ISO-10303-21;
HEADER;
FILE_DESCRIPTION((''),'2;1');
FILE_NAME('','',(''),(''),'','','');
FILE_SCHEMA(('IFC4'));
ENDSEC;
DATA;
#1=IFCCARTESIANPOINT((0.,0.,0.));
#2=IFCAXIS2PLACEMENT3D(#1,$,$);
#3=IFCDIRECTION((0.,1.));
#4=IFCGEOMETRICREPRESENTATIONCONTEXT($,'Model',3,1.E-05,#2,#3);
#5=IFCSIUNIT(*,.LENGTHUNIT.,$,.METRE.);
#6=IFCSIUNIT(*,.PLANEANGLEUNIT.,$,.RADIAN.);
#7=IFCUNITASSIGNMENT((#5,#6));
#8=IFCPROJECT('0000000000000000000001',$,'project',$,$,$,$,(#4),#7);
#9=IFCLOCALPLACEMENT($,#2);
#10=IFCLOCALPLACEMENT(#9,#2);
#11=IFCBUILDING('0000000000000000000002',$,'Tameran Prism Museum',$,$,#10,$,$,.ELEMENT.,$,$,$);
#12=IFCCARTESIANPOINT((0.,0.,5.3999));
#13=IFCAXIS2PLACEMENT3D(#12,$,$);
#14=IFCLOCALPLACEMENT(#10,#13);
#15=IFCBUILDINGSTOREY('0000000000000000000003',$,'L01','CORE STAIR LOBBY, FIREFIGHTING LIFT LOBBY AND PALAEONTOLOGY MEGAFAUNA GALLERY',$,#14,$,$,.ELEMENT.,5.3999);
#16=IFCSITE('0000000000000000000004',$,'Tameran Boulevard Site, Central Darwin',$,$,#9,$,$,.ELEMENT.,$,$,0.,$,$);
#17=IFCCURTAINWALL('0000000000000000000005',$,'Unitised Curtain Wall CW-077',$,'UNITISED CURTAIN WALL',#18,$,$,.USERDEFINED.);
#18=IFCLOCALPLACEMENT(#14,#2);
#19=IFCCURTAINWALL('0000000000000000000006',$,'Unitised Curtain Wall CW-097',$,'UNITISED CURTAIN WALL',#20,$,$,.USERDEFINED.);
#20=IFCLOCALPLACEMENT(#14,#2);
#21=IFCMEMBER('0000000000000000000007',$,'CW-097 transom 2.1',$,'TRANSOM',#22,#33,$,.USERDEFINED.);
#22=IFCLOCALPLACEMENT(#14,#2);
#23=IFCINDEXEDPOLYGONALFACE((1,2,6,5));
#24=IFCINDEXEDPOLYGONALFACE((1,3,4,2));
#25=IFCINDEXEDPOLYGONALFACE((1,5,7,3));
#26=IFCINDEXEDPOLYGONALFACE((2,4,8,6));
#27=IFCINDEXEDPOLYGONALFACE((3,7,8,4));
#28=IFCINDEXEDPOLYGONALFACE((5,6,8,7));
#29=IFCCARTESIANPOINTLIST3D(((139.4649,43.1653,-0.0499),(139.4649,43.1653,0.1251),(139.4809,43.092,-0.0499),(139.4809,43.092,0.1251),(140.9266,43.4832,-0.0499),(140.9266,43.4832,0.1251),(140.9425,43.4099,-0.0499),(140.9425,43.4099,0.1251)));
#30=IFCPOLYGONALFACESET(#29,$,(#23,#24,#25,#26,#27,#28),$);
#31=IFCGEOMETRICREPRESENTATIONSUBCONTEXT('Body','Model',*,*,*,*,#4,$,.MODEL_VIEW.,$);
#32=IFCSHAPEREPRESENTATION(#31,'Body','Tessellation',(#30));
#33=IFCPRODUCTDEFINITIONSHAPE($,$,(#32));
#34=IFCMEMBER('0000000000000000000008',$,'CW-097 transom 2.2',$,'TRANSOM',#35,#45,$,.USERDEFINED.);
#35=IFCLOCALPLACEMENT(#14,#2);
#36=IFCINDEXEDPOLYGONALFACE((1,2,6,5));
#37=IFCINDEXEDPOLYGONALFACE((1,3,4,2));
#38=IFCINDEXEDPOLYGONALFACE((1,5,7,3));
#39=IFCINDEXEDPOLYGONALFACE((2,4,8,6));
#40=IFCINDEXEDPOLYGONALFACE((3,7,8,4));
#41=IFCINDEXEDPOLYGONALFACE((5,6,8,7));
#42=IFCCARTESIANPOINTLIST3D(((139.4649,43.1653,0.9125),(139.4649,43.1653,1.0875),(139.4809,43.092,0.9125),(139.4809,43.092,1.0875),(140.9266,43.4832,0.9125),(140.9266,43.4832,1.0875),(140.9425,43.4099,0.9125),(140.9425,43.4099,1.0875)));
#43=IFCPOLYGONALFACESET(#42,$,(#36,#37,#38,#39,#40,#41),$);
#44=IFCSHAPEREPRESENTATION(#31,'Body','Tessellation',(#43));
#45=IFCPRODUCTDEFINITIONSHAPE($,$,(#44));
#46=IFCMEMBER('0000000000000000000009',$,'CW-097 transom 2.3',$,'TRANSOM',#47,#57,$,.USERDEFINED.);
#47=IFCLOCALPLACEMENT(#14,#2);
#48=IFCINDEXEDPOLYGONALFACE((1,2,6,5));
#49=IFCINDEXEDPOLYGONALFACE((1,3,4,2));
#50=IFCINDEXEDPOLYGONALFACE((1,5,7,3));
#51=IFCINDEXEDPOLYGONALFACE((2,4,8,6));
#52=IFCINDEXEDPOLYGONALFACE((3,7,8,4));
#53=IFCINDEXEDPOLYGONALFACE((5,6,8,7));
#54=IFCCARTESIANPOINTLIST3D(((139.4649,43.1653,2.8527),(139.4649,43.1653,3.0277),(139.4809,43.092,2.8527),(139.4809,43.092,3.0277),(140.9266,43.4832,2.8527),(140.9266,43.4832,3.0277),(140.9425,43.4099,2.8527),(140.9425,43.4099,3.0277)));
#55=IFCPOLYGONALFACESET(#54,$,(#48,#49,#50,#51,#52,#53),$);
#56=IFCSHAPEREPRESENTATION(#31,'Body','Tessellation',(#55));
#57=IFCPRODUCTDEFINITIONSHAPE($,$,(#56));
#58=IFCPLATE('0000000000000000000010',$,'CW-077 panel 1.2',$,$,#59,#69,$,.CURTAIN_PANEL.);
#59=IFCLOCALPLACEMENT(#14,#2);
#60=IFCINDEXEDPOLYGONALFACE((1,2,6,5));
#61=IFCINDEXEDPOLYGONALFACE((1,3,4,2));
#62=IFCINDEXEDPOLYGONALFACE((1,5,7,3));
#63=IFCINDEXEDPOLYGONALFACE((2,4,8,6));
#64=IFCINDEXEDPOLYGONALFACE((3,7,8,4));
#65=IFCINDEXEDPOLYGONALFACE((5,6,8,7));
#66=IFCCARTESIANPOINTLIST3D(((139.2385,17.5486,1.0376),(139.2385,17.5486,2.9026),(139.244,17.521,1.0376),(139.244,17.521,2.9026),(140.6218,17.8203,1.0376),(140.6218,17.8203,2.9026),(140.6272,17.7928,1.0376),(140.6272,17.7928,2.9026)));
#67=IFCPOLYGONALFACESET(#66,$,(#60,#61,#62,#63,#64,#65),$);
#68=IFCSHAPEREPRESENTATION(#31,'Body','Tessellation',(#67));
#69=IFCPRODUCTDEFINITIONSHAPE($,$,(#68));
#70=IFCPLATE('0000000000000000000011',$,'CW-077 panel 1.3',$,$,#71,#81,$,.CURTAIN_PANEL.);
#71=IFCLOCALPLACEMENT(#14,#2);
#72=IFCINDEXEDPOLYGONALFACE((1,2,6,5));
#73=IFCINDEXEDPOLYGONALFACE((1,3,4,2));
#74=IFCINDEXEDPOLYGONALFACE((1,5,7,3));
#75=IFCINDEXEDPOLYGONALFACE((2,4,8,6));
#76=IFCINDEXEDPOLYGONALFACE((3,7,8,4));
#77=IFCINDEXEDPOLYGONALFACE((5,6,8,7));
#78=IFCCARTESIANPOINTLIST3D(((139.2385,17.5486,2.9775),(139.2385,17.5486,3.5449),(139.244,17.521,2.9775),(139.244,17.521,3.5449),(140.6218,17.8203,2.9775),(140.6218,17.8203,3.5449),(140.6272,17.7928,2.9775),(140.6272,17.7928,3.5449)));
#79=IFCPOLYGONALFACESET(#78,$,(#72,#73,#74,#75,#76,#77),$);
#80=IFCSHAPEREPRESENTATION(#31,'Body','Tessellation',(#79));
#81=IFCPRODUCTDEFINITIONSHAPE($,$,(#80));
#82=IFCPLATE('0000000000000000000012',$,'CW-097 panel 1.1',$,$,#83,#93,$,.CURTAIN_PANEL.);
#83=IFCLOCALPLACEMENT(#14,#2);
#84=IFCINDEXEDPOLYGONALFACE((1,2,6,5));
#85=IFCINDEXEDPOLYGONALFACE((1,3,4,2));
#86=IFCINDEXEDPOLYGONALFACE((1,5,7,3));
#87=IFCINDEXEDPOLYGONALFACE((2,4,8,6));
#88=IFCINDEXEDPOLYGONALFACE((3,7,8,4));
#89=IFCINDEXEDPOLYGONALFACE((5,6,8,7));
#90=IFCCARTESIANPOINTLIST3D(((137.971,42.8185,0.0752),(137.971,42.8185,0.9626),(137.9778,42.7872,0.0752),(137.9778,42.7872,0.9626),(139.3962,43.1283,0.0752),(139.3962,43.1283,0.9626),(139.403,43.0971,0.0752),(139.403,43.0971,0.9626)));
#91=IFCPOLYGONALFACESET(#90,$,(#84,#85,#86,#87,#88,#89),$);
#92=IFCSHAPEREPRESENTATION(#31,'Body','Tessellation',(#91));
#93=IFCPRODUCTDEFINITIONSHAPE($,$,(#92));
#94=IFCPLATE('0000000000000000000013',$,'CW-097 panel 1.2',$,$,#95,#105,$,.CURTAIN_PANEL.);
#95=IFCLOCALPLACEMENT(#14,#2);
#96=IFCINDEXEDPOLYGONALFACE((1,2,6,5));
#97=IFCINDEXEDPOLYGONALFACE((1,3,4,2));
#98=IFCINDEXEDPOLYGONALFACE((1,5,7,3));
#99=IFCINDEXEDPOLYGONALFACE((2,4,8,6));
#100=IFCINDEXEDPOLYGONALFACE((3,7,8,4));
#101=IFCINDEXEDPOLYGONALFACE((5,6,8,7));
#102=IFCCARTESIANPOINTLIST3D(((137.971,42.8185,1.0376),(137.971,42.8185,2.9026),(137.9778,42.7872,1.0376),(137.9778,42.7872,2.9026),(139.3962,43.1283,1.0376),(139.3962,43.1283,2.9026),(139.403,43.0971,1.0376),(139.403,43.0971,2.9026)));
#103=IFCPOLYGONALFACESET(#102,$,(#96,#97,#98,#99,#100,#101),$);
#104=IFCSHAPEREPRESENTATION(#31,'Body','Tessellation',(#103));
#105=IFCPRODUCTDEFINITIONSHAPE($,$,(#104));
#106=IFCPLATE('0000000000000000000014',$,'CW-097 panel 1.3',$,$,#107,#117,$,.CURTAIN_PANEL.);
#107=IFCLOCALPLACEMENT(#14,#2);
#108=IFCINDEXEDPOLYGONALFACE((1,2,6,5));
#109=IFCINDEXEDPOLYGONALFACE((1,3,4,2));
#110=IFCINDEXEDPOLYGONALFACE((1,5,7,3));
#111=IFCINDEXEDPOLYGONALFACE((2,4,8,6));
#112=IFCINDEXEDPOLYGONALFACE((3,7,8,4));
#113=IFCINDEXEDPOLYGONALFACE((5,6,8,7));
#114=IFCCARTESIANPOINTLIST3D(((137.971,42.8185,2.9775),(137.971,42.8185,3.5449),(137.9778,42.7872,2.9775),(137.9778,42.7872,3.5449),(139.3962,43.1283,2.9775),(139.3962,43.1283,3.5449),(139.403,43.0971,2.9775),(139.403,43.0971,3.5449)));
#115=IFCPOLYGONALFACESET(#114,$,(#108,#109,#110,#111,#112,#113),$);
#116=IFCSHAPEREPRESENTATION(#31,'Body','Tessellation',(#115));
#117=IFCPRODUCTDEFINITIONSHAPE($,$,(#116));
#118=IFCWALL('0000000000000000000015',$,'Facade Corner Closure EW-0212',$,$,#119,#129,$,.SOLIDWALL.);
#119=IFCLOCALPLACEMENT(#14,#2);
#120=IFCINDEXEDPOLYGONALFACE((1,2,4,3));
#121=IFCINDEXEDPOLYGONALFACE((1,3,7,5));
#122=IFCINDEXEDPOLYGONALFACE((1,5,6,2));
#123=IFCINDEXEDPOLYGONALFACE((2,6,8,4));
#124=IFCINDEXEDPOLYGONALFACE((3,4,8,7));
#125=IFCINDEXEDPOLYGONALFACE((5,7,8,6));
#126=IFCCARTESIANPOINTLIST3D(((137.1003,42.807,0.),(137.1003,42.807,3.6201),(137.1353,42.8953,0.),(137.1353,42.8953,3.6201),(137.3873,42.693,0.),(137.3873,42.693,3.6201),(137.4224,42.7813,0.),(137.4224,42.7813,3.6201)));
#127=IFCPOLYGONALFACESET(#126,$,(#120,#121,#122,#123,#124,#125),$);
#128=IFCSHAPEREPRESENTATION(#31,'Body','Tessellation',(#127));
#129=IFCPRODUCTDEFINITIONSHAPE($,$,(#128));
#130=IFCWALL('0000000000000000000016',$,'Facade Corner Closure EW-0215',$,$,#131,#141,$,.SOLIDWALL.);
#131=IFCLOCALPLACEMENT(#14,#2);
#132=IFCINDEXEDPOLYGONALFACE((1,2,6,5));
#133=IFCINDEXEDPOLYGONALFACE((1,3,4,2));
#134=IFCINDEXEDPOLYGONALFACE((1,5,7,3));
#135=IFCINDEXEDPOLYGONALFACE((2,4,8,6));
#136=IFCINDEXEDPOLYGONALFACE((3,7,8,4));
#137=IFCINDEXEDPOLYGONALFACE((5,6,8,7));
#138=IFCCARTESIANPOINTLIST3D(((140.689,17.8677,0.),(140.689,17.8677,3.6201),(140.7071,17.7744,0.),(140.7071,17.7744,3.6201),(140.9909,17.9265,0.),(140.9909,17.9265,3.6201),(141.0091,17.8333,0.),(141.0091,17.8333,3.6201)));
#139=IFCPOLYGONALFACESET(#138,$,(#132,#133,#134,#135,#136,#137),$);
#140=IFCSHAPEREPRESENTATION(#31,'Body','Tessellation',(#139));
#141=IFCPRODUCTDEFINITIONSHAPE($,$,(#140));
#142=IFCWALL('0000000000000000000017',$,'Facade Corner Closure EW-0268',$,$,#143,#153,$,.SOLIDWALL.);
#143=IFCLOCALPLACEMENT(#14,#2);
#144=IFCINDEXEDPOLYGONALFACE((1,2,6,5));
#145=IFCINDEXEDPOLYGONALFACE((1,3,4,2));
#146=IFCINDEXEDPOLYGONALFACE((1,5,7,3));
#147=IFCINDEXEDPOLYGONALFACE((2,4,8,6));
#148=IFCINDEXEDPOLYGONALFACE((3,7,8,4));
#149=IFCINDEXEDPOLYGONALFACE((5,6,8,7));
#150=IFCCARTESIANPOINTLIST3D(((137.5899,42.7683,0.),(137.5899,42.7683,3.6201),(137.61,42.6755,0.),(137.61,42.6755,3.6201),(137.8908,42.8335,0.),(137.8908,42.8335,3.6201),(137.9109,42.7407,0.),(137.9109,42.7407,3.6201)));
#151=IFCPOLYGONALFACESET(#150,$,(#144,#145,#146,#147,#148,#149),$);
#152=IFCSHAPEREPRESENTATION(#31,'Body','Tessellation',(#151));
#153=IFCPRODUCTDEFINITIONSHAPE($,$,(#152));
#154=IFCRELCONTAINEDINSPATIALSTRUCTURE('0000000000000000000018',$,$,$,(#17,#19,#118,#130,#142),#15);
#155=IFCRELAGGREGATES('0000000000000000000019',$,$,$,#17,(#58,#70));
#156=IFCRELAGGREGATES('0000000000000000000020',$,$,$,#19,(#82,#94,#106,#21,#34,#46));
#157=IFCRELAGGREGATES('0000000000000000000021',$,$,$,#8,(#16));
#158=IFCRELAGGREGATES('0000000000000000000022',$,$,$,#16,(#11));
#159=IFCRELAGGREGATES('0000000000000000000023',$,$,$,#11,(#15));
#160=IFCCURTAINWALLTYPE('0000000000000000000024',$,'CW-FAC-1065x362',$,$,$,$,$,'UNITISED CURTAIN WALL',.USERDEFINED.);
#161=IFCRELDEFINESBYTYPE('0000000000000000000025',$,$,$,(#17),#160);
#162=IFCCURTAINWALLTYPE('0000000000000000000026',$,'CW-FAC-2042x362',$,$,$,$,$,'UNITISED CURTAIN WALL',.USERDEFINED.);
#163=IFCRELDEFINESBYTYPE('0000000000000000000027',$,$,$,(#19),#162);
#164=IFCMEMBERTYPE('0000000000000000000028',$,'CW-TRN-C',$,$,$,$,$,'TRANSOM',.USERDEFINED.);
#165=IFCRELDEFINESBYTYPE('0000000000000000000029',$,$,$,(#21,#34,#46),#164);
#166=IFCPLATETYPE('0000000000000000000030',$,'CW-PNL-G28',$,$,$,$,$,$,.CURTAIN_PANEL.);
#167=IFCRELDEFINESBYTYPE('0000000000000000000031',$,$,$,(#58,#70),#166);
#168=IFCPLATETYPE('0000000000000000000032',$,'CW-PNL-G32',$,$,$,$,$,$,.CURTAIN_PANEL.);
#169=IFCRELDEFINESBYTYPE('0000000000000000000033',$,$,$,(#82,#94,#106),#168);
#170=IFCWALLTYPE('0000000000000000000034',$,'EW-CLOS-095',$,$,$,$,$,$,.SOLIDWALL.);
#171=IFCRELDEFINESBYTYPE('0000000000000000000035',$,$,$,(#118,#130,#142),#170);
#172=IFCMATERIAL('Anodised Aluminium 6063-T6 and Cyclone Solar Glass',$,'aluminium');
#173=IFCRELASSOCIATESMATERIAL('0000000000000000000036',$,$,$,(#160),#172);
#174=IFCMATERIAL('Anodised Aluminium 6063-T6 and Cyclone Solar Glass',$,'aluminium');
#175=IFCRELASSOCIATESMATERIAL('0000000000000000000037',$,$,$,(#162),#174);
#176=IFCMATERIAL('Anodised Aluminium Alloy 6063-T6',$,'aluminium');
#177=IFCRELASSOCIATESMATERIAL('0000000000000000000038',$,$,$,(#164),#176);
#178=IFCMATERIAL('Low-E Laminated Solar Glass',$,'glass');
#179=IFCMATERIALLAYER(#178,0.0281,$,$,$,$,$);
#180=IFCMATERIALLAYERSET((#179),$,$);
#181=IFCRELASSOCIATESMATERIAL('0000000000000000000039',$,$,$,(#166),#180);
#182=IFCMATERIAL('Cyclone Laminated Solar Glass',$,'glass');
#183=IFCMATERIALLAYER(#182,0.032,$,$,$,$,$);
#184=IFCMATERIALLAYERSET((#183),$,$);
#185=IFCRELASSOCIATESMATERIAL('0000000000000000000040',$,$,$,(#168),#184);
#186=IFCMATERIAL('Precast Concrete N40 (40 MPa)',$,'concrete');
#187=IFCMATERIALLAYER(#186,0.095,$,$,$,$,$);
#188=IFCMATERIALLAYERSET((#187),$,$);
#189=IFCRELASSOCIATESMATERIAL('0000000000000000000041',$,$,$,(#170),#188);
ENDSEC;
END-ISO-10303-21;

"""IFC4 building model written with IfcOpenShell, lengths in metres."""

from ifc_helpers import new_model, si_unit, direction, frame, frame_2d, origin, origin_2d, place, context, subcontext, project, spatial, rectangle, extrude, material, layer, layer_set, material_profile, profile_set, type_object, element, aggregate, save


model = new_model("IFC4")

# Units and contexts
model_context = context("Model", 3, precision=1e-05, world=origin(), true_north=direction((0.0, 1.0)))
body_context = subcontext(model_context, "Body", "Model", "MODEL_VIEW")
ifc_project = project(units=[si_unit("LENGTHUNIT", "METRE"), si_unit("PLANEANGLEUNIT", "RADIAN")], contexts=[model_context])

# Site, building, storey
site_placement = place(None, origin())
site = spatial("IfcSite", under=ifc_project, at=site_placement, Name="Tameran Boulevard Site, Central Darwin", CompositionType="ELEMENT", RefElevation=0.0)
building_placement = place(site_placement, origin())
building = spatial("IfcBuilding", under=site, at=building_placement, Name="Tameran Prism Museum", CompositionType="ELEMENT")
storey_placement = place(building_placement, frame((0.0, 0.0, 5.3999)))
storey = spatial("IfcBuildingStorey", under=building, at=storey_placement, Name="L01", Description="CORE STAIR LOBBY, FIREFIGHTING LIFT LOBBY AND PALAEONTOLOGY MEGAFAUNA GALLERY", CompositionType="ELEMENT", Elevation=5.3999)

# Curtain wall
ifc_material_1 = material(Name="Anodised Aluminium 6063-T6 and Cyclone Solar Glass", Category="aluminium")
curtain_wall_type_1 = type_object("IfcCurtainWallType", Name="CW-FAC-1065x362", ElementType="UNITISED CURTAIN WALL", PredefinedType="USERDEFINED", material=ifc_material_1)
curtain_wall_1_placement = place(storey_placement, origin())
curtain_wall_1 = element("IfcCurtainWall", 1, at=curtain_wall_1_placement, inside=storey, type_object=curtain_wall_type_1, Name="Unitised Curtain Wall CW-077", ObjectType="UNITISED CURTAIN WALL", PredefinedType="USERDEFINED")

# Curtain wall
ifc_material_2 = material(Name="Anodised Aluminium 6063-T6 and Cyclone Solar Glass", Category="aluminium")
curtain_wall_type_2 = type_object("IfcCurtainWallType", Name="CW-FAC-2042x362", ElementType="UNITISED CURTAIN WALL", PredefinedType="USERDEFINED", material=ifc_material_2)
curtain_wall_2_placement = place(storey_placement, origin())
curtain_wall_2 = element("IfcCurtainWall", 2, at=curtain_wall_2_placement, inside=storey, type_object=curtain_wall_type_2, Name="Unitised Curtain Wall CW-097", ObjectType="UNITISED CURTAIN WALL", PredefinedType="USERDEFINED")

# Members
ifc_material_3 = material(Name="Anodised Aluminium Alloy 6063-T6", Category="aluminium")
ifc_material_profile_1 = material_profile(ifc_material_3, rectangle(XDim=0.075, YDim=0.175, at=origin_2d()))
ifc_profile_set_1 = profile_set([ifc_material_profile_1])
member_type_1 = type_object("IfcMemberType", Name="CW-TRN-C", ElementType="TRANSOM", PredefinedType="USERDEFINED", material=ifc_profile_set_1)
member_1_placement = place(storey_placement, frame((139.4729, 43.1287, 0.0376), z_axis=(0.97716, 0.212504, 0.0), x_axis=(-0.212504, 0.97716, 0.0)))
member_1 = element("IfcMember", 3, at=member_1_placement, type_object=member_type_1, Name="CW-097 transom 2.1", ObjectType="TRANSOM", PredefinedType="USERDEFINED", context=body_context, shape_type="SweptSolid", body=[
    extrude(rectangle(XDim=0.075, YDim=0.175, at=origin_2d()), origin(), (0.0, 0.0, 1.0), 1.4958),
])
member_2_placement = place(storey_placement, frame((139.4729, 43.1287, 1.0), z_axis=(0.97716, 0.212504, 0.0), x_axis=(-0.212504, 0.97716, 0.0)))
member_2 = element("IfcMember", 4, at=member_2_placement, type_object=member_type_1, Name="CW-097 transom 2.2", ObjectType="TRANSOM", PredefinedType="USERDEFINED", context=body_context, shape_type="SweptSolid", body=[
    extrude(rectangle(XDim=0.075, YDim=0.175, at=origin_2d()), origin(), (0.0, 0.0, 1.0), 1.4958),
])
member_3_placement = place(storey_placement, frame((139.4729, 43.1287, 2.9402), z_axis=(0.97716, 0.212504, 0.0), x_axis=(-0.212504, 0.97716, 0.0)))
member_3 = element("IfcMember", 5, at=member_3_placement, type_object=member_type_1, Name="CW-097 transom 2.3", ObjectType="TRANSOM", PredefinedType="USERDEFINED", context=body_context, shape_type="SweptSolid", body=[
    extrude(rectangle(XDim=0.075, YDim=0.175, at=origin_2d()), origin(), (0.0, 0.0, 1.0), 1.4958),
])

# Plates
ifc_material_4 = material(Name="Low-E Laminated Solar Glass", Category="glass")
ifc_layer_1 = layer(ifc_material_4, 0.0281)
ifc_layer_set_1 = layer_set([ifc_layer_1])
plate_type_1 = type_object("IfcPlateType", Name="CW-PNL-G28", PredefinedType="CURTAIN_PANEL", material=ifc_layer_set_1)
plate_1_placement = place(storey_placement, frame((139.9329, 17.6707, 1.0376), z_axis=(0.0, 0.0, 1.0), x_axis=(-0.981243, -0.192776, 0.0)))
plate_1 = element("IfcPlate", 6, at=plate_1_placement, type_object=plate_type_1, Name="CW-077 panel 1.2", PredefinedType="CURTAIN_PANEL", context=body_context, shape_type="SweptSolid", body=[
    extrude(rectangle(XDim=1.4097, YDim=0.0281, at=origin_2d()), origin(), (0.0, 0.0, 1.0), 1.865),
])
plate_2_placement = place(storey_placement, frame((139.9329, 17.6707, 2.9775), z_axis=(0.0, 0.0, 1.0), x_axis=(-0.981243, -0.192776, 0.0)))
plate_2 = element("IfcPlate", 7, at=plate_2_placement, type_object=plate_type_1, Name="CW-077 panel 1.3", PredefinedType="CURTAIN_PANEL", context=body_context, shape_type="SweptSolid", body=[
    extrude(rectangle(XDim=1.4097, YDim=0.0281, at=origin_2d()), origin(), (0.0, 0.0, 1.0), 0.5674),
])
aggregate(curtain_wall_1, [plate_1, plate_2])
ifc_material_5 = material(Name="Cyclone Laminated Solar Glass", Category="glass")
ifc_layer_2 = layer(ifc_material_5, 0.032)
ifc_layer_set_2 = layer_set([ifc_layer_2])
plate_type_2 = type_object("IfcPlateType", Name="CW-PNL-G32", PredefinedType="CURTAIN_PANEL", material=ifc_layer_set_2)
plate_3_placement = place(storey_placement, frame((138.687, 42.9578, 0.0752), z_axis=(0.0, 0.0, 1.0), x_axis=(0.977171, 0.212454, 0.0)))
plate_3 = element("IfcPlate", 8, at=plate_3_placement, type_object=plate_type_2, Name="CW-097 panel 1.1", PredefinedType="CURTAIN_PANEL", context=body_context, shape_type="SweptSolid", body=[
    extrude(rectangle(XDim=1.4585, YDim=0.032, at=origin_2d()), origin(), (0.0, 0.0, 1.0), 0.8875),
])
plate_4_placement = place(storey_placement, frame((138.687, 42.9578, 1.0376), z_axis=(0.0, 0.0, 1.0), x_axis=(0.977171, 0.212454, 0.0)))
plate_4 = element("IfcPlate", 9, at=plate_4_placement, type_object=plate_type_2, Name="CW-097 panel 1.2", PredefinedType="CURTAIN_PANEL", context=body_context, shape_type="SweptSolid", body=[
    extrude(rectangle(XDim=1.4585, YDim=0.032, at=origin_2d()), origin(), (0.0, 0.0, 1.0), 1.865),
])
plate_5_placement = place(storey_placement, frame((138.687, 42.9578, 2.9775), z_axis=(0.0, 0.0, 1.0), x_axis=(0.977171, 0.212454, 0.0)))
plate_5 = element("IfcPlate", 10, at=plate_5_placement, type_object=plate_type_2, Name="CW-097 panel 1.3", PredefinedType="CURTAIN_PANEL", context=body_context, shape_type="SweptSolid", body=[
    extrude(rectangle(XDim=1.4585, YDim=0.032, at=origin_2d()), origin(), (0.0, 0.0, 1.0), 0.5674),
])
aggregate(curtain_wall_2, [plate_3, plate_4, plate_5, member_1, member_2, member_3])

# Walls
ifc_material_6 = material(Name="Precast Concrete N40 (40 MPa)", Category="concrete")
ifc_layer_3 = layer(ifc_material_6, 0.095)
ifc_layer_set_3 = layer_set([ifc_layer_3])
wall_type = type_object("IfcWallType", Name="EW-CLOS-095", PredefinedType="SOLIDWALL", material=ifc_layer_set_3)
wall_1_placement = place(storey_placement, frame((137.1179, 42.8511, 0.0), z_axis=(0.0, 0.0, 1.0), x_axis=(0.9294, -0.369073, 0.0)))
element("IfcWall", 11, at=wall_1_placement, inside=storey, type_object=wall_type, Name="Facade Corner Closure EW-0212", PredefinedType="SOLIDWALL", context=body_context, shape_type="SweptSolid", body=[
    extrude(rectangle(XDim=0.3088, YDim=0.095, at=frame_2d((0.1543, 0.0))), origin(), (0.0, 0.0, 1.0), 3.6201),
])
wall_2_placement = place(storey_placement, frame((141.0, 17.8799, 0.0), z_axis=(0.0, 0.0, 1.0), x_axis=(-0.981545, -0.191231, 0.0)))
element("IfcWall", 12, at=wall_2_placement, inside=storey, type_object=wall_type, Name="Facade Corner Closure EW-0215", PredefinedType="SOLIDWALL", context=body_context, shape_type="SweptSolid", body=[
    extrude(rectangle(XDim=0.3076, YDim=0.095, at=frame_2d((0.1538, 0.0))), origin(), (0.0, 0.0, 1.0), 3.6201),
])
wall_3_placement = place(storey_placement, frame((137.6001, 42.7219, 0.0), z_axis=(0.0, 0.0, 1.0), x_axis=(0.977312, 0.211804, 0.0)))
element("IfcWall", 13, at=wall_3_placement, inside=storey, type_object=wall_type, Name="Facade Corner Closure EW-0268", PredefinedType="SOLIDWALL", context=body_context, shape_type="SweptSolid", body=[
    extrude(rectangle(XDim=0.3079, YDim=0.095, at=frame_2d((0.1538, 0.0))), origin(), (0.0, 0.0, 1.0), 3.6201),
])

save(model, "model.ifc")
